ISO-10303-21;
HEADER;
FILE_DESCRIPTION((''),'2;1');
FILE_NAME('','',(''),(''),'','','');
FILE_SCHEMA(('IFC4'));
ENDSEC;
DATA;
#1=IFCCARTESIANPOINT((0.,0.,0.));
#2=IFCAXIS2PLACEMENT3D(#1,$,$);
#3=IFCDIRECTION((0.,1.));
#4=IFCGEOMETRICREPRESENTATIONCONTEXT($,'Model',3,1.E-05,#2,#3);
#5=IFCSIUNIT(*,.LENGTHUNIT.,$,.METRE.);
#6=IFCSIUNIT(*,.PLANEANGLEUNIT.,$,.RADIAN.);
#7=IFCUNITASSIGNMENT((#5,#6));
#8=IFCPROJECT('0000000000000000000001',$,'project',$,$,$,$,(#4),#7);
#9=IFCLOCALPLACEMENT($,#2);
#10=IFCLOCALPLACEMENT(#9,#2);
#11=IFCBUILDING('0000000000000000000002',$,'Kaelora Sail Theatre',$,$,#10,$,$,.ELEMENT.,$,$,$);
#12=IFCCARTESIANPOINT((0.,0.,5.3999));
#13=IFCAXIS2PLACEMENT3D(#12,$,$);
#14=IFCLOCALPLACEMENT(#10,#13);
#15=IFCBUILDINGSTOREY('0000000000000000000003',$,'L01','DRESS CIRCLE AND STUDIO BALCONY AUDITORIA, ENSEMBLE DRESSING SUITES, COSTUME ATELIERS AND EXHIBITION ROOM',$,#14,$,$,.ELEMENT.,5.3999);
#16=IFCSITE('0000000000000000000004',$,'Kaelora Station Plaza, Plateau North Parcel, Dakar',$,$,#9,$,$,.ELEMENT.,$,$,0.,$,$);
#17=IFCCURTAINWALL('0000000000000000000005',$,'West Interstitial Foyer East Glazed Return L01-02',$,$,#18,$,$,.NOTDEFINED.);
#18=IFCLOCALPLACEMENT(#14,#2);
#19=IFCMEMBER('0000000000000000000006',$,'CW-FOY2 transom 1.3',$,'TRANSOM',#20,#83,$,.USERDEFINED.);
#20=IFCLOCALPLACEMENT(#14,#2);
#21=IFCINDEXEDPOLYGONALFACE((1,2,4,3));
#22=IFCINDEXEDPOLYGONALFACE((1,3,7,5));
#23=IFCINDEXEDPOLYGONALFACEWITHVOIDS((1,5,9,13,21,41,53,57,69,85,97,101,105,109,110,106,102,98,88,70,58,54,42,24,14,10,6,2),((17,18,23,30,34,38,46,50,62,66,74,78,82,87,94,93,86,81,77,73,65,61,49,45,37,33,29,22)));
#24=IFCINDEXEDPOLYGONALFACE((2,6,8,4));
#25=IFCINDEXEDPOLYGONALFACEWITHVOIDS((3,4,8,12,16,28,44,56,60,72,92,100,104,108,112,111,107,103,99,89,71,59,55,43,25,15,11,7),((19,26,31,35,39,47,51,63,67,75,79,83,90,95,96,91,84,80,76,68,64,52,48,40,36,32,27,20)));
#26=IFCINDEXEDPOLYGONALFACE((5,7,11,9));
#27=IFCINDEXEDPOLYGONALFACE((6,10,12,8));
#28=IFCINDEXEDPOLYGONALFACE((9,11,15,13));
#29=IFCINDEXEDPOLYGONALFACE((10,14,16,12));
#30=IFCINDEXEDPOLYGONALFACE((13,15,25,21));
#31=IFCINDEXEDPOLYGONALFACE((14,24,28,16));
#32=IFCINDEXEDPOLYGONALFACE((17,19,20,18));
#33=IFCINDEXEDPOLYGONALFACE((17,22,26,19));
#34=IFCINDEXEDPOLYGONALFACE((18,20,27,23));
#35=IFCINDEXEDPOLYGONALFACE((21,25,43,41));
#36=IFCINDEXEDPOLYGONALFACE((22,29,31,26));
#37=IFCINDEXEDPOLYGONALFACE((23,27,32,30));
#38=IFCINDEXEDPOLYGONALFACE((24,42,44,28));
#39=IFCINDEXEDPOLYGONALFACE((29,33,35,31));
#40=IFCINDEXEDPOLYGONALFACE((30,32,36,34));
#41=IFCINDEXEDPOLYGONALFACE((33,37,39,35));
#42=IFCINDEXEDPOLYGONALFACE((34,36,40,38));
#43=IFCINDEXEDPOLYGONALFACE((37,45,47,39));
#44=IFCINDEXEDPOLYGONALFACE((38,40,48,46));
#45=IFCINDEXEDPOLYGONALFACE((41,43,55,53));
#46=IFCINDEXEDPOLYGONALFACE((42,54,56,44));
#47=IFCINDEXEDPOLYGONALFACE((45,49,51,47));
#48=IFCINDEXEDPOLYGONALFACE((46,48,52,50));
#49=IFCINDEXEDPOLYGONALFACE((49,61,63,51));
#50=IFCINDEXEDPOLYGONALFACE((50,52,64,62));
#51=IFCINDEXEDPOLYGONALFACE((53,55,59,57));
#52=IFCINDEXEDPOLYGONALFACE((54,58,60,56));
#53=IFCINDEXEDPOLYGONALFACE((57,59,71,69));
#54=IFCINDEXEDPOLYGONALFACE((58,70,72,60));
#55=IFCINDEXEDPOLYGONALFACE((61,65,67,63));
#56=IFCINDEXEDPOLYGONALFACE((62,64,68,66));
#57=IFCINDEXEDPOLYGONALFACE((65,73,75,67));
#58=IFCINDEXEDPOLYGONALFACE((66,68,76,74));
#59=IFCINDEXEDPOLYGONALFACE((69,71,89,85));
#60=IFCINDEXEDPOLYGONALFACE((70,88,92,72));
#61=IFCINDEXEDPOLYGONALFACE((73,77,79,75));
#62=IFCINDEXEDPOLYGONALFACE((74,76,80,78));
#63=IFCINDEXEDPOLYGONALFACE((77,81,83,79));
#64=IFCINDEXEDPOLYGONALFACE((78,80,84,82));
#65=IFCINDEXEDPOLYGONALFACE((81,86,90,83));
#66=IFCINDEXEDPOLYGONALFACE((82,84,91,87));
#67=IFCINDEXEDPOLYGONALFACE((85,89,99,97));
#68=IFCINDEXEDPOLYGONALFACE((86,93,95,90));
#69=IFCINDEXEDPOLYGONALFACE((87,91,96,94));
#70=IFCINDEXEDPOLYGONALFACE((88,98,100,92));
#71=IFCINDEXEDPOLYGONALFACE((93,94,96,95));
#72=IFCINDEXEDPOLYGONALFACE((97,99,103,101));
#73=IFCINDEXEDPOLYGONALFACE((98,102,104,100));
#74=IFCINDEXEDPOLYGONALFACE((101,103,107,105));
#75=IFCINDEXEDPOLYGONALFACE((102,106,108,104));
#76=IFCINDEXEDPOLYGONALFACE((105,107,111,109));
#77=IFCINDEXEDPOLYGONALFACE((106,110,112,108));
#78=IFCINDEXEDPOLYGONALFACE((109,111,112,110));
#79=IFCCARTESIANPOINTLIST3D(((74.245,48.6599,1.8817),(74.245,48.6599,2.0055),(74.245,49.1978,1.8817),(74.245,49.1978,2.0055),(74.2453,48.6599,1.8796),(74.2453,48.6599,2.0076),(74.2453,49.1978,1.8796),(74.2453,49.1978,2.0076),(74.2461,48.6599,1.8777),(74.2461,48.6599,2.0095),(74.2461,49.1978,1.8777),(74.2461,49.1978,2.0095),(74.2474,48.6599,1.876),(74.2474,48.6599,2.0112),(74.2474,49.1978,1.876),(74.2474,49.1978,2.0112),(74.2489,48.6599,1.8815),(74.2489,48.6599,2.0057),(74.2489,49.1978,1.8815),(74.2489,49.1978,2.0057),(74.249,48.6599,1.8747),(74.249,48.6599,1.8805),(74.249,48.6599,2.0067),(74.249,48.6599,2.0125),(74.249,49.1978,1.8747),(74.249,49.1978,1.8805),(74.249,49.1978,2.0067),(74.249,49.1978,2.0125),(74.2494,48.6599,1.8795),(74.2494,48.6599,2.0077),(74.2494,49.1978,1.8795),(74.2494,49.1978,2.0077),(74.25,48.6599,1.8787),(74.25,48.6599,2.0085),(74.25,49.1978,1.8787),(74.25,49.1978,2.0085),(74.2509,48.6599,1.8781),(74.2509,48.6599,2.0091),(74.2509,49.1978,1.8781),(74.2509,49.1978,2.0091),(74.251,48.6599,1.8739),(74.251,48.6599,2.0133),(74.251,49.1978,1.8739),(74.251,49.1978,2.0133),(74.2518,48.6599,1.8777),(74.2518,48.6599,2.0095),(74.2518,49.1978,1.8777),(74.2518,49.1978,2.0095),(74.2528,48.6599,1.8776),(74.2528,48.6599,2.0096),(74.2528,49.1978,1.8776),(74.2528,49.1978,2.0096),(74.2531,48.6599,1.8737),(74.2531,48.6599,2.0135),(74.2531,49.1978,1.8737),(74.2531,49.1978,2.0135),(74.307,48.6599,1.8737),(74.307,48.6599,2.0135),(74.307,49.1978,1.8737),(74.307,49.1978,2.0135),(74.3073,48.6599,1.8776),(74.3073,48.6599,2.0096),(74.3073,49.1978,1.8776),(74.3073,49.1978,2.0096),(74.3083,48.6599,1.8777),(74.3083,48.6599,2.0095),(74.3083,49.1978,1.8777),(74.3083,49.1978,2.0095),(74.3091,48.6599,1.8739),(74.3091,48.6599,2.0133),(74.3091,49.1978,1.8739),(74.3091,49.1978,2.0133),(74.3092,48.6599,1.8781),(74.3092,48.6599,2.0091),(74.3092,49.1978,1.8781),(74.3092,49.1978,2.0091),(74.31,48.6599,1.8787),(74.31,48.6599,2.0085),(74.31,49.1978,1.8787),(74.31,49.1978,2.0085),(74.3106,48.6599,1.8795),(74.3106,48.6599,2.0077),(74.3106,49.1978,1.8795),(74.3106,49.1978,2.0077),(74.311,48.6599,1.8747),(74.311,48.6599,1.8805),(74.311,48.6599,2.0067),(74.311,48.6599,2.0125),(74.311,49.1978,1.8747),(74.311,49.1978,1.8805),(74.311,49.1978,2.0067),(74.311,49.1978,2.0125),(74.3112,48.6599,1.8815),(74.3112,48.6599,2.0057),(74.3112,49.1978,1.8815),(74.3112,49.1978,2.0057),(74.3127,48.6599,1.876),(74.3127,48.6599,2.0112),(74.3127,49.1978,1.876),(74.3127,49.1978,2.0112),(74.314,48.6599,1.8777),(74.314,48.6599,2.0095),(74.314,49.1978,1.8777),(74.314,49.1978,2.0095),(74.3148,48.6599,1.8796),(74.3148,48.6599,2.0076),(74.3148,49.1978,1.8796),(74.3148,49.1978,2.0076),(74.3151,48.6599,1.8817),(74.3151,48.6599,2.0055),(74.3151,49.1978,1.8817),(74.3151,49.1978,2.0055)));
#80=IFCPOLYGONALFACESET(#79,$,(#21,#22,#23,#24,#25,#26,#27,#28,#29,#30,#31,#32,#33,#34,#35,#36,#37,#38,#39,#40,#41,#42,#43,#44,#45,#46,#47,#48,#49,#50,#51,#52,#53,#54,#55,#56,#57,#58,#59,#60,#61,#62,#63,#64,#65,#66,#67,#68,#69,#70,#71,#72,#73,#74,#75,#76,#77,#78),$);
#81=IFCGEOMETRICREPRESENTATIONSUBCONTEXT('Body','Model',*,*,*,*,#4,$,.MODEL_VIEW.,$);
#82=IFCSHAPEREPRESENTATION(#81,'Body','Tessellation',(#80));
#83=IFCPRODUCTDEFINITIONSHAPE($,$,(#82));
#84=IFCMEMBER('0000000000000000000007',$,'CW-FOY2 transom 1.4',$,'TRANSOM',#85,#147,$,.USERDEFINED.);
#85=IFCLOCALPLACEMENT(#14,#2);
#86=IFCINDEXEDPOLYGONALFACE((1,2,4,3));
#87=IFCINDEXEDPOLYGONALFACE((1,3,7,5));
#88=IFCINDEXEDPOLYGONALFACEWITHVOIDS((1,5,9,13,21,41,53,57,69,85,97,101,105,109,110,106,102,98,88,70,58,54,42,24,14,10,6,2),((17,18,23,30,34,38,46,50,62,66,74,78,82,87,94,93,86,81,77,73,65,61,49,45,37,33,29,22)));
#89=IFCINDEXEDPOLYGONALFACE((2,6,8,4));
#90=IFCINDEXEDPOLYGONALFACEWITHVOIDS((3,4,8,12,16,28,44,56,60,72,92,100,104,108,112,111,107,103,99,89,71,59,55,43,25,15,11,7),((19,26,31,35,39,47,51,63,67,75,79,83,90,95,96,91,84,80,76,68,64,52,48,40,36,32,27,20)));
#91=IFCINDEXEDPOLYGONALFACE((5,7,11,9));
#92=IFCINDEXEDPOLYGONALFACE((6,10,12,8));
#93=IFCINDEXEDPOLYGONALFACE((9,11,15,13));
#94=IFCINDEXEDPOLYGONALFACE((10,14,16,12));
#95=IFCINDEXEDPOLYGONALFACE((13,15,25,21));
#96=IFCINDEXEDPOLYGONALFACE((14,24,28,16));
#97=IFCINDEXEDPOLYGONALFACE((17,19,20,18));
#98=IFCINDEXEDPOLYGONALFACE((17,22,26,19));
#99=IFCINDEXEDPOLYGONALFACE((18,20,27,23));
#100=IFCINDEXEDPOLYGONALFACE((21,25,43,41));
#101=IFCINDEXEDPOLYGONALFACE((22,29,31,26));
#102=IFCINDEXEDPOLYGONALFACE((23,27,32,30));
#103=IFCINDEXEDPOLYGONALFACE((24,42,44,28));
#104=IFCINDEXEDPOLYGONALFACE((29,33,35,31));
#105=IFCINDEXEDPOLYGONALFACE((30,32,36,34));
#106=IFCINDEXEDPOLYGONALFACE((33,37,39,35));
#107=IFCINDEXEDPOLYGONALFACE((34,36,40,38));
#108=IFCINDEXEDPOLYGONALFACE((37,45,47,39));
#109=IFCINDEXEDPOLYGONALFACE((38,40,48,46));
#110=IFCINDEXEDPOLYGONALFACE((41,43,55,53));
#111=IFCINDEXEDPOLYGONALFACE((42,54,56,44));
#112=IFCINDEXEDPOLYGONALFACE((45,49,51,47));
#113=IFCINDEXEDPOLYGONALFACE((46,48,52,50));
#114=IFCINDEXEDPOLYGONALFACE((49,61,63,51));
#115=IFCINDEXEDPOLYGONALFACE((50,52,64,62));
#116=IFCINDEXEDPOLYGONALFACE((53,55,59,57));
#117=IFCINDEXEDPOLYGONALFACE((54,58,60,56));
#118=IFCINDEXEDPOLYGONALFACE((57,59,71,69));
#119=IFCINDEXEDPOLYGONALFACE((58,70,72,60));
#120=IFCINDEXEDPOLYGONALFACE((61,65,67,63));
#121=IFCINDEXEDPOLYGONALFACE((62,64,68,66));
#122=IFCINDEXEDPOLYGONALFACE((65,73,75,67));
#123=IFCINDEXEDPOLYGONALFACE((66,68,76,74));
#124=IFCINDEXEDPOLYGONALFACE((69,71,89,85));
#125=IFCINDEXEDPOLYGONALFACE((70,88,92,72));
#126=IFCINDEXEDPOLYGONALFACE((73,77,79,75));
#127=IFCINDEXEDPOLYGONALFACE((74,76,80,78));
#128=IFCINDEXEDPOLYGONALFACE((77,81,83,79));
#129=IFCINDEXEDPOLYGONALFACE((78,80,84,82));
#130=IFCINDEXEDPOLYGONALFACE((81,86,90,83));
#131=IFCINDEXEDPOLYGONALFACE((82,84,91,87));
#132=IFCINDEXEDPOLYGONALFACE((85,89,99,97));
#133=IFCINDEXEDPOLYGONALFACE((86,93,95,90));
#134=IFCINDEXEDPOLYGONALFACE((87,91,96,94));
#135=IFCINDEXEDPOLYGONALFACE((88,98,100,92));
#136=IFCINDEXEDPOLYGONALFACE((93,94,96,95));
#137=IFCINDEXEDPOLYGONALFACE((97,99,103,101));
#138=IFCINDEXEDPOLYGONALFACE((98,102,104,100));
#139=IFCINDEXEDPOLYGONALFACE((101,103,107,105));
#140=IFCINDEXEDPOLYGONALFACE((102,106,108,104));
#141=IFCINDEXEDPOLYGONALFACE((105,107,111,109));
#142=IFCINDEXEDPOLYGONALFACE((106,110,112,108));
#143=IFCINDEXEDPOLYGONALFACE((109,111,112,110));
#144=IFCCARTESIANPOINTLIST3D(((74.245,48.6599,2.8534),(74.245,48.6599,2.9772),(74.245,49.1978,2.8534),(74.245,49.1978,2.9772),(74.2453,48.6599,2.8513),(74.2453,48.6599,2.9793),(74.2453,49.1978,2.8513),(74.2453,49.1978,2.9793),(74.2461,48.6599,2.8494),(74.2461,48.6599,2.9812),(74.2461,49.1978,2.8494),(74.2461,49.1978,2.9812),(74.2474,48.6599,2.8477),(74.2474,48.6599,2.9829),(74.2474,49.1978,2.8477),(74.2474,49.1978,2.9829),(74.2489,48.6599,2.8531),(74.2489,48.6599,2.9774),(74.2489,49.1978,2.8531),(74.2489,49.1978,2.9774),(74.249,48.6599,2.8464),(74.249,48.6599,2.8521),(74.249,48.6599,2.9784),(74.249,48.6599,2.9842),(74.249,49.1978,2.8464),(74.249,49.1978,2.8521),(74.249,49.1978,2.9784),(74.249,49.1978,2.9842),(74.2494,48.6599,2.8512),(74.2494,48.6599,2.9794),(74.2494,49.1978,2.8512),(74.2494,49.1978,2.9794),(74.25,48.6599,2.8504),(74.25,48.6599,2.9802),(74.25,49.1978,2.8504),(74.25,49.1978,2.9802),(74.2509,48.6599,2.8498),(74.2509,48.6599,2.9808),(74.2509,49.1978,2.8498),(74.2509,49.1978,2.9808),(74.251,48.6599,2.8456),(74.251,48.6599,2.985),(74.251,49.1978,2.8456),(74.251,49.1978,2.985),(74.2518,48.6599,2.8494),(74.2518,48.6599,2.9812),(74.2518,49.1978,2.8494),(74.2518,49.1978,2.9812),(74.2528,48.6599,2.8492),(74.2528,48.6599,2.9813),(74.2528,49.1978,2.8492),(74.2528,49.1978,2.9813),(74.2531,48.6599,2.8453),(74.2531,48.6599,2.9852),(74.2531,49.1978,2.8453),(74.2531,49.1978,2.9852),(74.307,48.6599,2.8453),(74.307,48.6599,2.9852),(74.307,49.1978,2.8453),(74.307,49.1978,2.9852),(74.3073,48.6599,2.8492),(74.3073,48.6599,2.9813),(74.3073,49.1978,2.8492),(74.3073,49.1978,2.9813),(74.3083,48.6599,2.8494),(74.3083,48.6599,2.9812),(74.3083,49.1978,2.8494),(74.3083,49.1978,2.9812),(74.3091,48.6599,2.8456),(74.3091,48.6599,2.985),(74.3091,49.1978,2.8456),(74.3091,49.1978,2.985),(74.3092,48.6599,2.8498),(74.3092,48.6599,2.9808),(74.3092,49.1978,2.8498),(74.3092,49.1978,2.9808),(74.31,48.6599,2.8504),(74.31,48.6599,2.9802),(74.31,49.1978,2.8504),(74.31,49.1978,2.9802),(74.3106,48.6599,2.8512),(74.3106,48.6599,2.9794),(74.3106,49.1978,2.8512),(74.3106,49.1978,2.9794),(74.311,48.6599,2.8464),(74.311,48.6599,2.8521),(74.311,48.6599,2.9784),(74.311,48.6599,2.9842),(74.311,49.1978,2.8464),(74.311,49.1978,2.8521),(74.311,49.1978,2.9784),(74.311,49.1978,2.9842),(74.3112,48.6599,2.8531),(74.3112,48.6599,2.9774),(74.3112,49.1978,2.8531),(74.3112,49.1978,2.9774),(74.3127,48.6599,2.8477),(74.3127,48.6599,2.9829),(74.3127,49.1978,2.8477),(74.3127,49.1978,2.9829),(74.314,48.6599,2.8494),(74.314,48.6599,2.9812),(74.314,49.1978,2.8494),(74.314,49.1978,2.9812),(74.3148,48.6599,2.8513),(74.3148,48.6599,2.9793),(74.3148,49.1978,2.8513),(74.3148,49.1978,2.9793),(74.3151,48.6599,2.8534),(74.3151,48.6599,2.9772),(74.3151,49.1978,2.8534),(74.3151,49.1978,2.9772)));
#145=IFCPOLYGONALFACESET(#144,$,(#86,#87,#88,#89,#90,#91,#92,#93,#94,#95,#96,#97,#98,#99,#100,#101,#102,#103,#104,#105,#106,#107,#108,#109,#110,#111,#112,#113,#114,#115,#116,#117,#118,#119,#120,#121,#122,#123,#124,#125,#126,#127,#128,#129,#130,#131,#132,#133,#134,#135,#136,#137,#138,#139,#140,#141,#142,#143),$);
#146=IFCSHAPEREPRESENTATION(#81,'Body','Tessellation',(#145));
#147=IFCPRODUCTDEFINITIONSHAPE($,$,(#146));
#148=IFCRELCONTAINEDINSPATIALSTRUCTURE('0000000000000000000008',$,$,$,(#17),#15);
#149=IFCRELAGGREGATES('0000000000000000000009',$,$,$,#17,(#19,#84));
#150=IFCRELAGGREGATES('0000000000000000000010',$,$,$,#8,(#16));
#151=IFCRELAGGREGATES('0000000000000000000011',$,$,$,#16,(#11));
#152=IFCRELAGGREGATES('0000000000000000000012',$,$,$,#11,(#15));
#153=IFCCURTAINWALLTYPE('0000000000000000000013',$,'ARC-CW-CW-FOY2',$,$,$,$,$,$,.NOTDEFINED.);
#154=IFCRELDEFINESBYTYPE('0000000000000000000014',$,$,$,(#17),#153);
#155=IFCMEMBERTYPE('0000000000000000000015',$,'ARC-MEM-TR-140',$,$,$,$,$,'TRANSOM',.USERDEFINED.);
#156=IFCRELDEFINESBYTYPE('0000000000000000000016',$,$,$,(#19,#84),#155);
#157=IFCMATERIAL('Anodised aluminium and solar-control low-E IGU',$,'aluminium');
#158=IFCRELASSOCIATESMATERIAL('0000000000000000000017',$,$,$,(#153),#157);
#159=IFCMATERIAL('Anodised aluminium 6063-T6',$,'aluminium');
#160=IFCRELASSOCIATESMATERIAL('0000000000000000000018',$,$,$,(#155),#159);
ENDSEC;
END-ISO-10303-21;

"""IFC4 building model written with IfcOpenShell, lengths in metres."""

from ifc_helpers import new_model, si_unit, direction, frame, origin, origin_2d, place, context, subcontext, project, spatial, hollow_rectangle, extrude, material, material_profile, profile_set, type_object, element, aggregate, save


model = new_model("IFC4")

# Units and contexts
model_context = context("Model", 3, precision=1e-05, world=origin(), true_north=direction((0.0, 1.0)))
body_context = subcontext(model_context, "Body", "Model", "MODEL_VIEW")
ifc_project = project(units=[si_unit("LENGTHUNIT", "METRE"), si_unit("PLANEANGLEUNIT", "RADIAN")], contexts=[model_context])

# Site, building, storey
site_placement = place(None, origin())
site = spatial("IfcSite", under=ifc_project, at=site_placement, Name="Kaelora Station Plaza, Plateau North Parcel, Dakar", CompositionType="ELEMENT", RefElevation=0.0)
building_placement = place(site_placement, origin())
building = spatial("IfcBuilding", under=site, at=building_placement, Name="Kaelora Sail Theatre", CompositionType="ELEMENT")
storey_placement = place(building_placement, frame((0.0, 0.0, 5.3999)))
storey = spatial("IfcBuildingStorey", under=building, at=storey_placement, Name="L01", Description="DRESS CIRCLE AND STUDIO BALCONY AUDITORIA, ENSEMBLE DRESSING SUITES, COSTUME ATELIERS AND EXHIBITION ROOM", CompositionType="ELEMENT", Elevation=5.3999)

# Curtain wall, members
ifc_material_1 = material(Name="Anodised aluminium and solar-control low-E IGU", Category="aluminium")
curtain_wall_type = type_object("IfcCurtainWallType", Name="ARC-CW-CW-FOY2", PredefinedType="NOTDEFINED", material=ifc_material_1)
curtain_wall_1_placement = place(storey_placement, origin())
curtain_wall_1 = element("IfcCurtainWall", 1, at=curtain_wall_1_placement, inside=storey, type_object=curtain_wall_type, Name="West Interstitial Foyer East Glazed Return L01-02", PredefinedType="NOTDEFINED")
ifc_material_2 = material(Name="Anodised aluminium 6063-T6", Category="aluminium")
ifc_material_profile = material_profile(ifc_material_2, hollow_rectangle(XDim=0.0701, YDim=0.1399, WallThickness=0.0039, InnerFilletRadius=0.0039, OuterFilletRadius=0.0081, at=origin_2d()), Name="ALU-TRAN 70x140x4")
ifc_profile_set = profile_set([ifc_material_profile], Name="Anodised aluminium 6063-T6")
member_type = type_object("IfcMemberType", Name="ARC-MEM-TR-140", ElementType="TRANSOM", PredefinedType="USERDEFINED", material=ifc_profile_set)
member_1_placement = place(storey_placement, frame((74.28, 48.6599, 1.9436), z_axis=(0.0, 1.0, 0.0), x_axis=(-1.0, 0.0, 0.0)))
member_1 = element("IfcMember", 2, at=member_1_placement, type_object=member_type, Name="CW-FOY2 transom 1.3", ObjectType="TRANSOM", PredefinedType="USERDEFINED", context=body_context, shape_type="SweptSolid", body=[
    extrude(hollow_rectangle(XDim=0.0701, YDim=0.1399, WallThickness=0.0039, InnerFilletRadius=0.0039, OuterFilletRadius=0.0081, at=origin_2d()), origin(), (0.0, 0.0, 1.0), 0.5378),
])
member_2_placement = place(storey_placement, frame((74.28, 48.6599, 2.9153), z_axis=(0.0, 1.0, 0.0), x_axis=(-1.0, 0.0, 0.0)))
member_2 = element("IfcMember", 3, at=member_2_placement, type_object=member_type, Name="CW-FOY2 transom 1.4", ObjectType="TRANSOM", PredefinedType="USERDEFINED", context=body_context, shape_type="SweptSolid", body=[
    extrude(hollow_rectangle(XDim=0.0701, YDim=0.1399, WallThickness=0.0039, InnerFilletRadius=0.0039, OuterFilletRadius=0.0081, at=origin_2d()), origin(), (0.0, 0.0, 1.0), 0.5378),
])

aggregate(curtain_wall_1, [member_1, member_2])

save(model, "model.ifc")
